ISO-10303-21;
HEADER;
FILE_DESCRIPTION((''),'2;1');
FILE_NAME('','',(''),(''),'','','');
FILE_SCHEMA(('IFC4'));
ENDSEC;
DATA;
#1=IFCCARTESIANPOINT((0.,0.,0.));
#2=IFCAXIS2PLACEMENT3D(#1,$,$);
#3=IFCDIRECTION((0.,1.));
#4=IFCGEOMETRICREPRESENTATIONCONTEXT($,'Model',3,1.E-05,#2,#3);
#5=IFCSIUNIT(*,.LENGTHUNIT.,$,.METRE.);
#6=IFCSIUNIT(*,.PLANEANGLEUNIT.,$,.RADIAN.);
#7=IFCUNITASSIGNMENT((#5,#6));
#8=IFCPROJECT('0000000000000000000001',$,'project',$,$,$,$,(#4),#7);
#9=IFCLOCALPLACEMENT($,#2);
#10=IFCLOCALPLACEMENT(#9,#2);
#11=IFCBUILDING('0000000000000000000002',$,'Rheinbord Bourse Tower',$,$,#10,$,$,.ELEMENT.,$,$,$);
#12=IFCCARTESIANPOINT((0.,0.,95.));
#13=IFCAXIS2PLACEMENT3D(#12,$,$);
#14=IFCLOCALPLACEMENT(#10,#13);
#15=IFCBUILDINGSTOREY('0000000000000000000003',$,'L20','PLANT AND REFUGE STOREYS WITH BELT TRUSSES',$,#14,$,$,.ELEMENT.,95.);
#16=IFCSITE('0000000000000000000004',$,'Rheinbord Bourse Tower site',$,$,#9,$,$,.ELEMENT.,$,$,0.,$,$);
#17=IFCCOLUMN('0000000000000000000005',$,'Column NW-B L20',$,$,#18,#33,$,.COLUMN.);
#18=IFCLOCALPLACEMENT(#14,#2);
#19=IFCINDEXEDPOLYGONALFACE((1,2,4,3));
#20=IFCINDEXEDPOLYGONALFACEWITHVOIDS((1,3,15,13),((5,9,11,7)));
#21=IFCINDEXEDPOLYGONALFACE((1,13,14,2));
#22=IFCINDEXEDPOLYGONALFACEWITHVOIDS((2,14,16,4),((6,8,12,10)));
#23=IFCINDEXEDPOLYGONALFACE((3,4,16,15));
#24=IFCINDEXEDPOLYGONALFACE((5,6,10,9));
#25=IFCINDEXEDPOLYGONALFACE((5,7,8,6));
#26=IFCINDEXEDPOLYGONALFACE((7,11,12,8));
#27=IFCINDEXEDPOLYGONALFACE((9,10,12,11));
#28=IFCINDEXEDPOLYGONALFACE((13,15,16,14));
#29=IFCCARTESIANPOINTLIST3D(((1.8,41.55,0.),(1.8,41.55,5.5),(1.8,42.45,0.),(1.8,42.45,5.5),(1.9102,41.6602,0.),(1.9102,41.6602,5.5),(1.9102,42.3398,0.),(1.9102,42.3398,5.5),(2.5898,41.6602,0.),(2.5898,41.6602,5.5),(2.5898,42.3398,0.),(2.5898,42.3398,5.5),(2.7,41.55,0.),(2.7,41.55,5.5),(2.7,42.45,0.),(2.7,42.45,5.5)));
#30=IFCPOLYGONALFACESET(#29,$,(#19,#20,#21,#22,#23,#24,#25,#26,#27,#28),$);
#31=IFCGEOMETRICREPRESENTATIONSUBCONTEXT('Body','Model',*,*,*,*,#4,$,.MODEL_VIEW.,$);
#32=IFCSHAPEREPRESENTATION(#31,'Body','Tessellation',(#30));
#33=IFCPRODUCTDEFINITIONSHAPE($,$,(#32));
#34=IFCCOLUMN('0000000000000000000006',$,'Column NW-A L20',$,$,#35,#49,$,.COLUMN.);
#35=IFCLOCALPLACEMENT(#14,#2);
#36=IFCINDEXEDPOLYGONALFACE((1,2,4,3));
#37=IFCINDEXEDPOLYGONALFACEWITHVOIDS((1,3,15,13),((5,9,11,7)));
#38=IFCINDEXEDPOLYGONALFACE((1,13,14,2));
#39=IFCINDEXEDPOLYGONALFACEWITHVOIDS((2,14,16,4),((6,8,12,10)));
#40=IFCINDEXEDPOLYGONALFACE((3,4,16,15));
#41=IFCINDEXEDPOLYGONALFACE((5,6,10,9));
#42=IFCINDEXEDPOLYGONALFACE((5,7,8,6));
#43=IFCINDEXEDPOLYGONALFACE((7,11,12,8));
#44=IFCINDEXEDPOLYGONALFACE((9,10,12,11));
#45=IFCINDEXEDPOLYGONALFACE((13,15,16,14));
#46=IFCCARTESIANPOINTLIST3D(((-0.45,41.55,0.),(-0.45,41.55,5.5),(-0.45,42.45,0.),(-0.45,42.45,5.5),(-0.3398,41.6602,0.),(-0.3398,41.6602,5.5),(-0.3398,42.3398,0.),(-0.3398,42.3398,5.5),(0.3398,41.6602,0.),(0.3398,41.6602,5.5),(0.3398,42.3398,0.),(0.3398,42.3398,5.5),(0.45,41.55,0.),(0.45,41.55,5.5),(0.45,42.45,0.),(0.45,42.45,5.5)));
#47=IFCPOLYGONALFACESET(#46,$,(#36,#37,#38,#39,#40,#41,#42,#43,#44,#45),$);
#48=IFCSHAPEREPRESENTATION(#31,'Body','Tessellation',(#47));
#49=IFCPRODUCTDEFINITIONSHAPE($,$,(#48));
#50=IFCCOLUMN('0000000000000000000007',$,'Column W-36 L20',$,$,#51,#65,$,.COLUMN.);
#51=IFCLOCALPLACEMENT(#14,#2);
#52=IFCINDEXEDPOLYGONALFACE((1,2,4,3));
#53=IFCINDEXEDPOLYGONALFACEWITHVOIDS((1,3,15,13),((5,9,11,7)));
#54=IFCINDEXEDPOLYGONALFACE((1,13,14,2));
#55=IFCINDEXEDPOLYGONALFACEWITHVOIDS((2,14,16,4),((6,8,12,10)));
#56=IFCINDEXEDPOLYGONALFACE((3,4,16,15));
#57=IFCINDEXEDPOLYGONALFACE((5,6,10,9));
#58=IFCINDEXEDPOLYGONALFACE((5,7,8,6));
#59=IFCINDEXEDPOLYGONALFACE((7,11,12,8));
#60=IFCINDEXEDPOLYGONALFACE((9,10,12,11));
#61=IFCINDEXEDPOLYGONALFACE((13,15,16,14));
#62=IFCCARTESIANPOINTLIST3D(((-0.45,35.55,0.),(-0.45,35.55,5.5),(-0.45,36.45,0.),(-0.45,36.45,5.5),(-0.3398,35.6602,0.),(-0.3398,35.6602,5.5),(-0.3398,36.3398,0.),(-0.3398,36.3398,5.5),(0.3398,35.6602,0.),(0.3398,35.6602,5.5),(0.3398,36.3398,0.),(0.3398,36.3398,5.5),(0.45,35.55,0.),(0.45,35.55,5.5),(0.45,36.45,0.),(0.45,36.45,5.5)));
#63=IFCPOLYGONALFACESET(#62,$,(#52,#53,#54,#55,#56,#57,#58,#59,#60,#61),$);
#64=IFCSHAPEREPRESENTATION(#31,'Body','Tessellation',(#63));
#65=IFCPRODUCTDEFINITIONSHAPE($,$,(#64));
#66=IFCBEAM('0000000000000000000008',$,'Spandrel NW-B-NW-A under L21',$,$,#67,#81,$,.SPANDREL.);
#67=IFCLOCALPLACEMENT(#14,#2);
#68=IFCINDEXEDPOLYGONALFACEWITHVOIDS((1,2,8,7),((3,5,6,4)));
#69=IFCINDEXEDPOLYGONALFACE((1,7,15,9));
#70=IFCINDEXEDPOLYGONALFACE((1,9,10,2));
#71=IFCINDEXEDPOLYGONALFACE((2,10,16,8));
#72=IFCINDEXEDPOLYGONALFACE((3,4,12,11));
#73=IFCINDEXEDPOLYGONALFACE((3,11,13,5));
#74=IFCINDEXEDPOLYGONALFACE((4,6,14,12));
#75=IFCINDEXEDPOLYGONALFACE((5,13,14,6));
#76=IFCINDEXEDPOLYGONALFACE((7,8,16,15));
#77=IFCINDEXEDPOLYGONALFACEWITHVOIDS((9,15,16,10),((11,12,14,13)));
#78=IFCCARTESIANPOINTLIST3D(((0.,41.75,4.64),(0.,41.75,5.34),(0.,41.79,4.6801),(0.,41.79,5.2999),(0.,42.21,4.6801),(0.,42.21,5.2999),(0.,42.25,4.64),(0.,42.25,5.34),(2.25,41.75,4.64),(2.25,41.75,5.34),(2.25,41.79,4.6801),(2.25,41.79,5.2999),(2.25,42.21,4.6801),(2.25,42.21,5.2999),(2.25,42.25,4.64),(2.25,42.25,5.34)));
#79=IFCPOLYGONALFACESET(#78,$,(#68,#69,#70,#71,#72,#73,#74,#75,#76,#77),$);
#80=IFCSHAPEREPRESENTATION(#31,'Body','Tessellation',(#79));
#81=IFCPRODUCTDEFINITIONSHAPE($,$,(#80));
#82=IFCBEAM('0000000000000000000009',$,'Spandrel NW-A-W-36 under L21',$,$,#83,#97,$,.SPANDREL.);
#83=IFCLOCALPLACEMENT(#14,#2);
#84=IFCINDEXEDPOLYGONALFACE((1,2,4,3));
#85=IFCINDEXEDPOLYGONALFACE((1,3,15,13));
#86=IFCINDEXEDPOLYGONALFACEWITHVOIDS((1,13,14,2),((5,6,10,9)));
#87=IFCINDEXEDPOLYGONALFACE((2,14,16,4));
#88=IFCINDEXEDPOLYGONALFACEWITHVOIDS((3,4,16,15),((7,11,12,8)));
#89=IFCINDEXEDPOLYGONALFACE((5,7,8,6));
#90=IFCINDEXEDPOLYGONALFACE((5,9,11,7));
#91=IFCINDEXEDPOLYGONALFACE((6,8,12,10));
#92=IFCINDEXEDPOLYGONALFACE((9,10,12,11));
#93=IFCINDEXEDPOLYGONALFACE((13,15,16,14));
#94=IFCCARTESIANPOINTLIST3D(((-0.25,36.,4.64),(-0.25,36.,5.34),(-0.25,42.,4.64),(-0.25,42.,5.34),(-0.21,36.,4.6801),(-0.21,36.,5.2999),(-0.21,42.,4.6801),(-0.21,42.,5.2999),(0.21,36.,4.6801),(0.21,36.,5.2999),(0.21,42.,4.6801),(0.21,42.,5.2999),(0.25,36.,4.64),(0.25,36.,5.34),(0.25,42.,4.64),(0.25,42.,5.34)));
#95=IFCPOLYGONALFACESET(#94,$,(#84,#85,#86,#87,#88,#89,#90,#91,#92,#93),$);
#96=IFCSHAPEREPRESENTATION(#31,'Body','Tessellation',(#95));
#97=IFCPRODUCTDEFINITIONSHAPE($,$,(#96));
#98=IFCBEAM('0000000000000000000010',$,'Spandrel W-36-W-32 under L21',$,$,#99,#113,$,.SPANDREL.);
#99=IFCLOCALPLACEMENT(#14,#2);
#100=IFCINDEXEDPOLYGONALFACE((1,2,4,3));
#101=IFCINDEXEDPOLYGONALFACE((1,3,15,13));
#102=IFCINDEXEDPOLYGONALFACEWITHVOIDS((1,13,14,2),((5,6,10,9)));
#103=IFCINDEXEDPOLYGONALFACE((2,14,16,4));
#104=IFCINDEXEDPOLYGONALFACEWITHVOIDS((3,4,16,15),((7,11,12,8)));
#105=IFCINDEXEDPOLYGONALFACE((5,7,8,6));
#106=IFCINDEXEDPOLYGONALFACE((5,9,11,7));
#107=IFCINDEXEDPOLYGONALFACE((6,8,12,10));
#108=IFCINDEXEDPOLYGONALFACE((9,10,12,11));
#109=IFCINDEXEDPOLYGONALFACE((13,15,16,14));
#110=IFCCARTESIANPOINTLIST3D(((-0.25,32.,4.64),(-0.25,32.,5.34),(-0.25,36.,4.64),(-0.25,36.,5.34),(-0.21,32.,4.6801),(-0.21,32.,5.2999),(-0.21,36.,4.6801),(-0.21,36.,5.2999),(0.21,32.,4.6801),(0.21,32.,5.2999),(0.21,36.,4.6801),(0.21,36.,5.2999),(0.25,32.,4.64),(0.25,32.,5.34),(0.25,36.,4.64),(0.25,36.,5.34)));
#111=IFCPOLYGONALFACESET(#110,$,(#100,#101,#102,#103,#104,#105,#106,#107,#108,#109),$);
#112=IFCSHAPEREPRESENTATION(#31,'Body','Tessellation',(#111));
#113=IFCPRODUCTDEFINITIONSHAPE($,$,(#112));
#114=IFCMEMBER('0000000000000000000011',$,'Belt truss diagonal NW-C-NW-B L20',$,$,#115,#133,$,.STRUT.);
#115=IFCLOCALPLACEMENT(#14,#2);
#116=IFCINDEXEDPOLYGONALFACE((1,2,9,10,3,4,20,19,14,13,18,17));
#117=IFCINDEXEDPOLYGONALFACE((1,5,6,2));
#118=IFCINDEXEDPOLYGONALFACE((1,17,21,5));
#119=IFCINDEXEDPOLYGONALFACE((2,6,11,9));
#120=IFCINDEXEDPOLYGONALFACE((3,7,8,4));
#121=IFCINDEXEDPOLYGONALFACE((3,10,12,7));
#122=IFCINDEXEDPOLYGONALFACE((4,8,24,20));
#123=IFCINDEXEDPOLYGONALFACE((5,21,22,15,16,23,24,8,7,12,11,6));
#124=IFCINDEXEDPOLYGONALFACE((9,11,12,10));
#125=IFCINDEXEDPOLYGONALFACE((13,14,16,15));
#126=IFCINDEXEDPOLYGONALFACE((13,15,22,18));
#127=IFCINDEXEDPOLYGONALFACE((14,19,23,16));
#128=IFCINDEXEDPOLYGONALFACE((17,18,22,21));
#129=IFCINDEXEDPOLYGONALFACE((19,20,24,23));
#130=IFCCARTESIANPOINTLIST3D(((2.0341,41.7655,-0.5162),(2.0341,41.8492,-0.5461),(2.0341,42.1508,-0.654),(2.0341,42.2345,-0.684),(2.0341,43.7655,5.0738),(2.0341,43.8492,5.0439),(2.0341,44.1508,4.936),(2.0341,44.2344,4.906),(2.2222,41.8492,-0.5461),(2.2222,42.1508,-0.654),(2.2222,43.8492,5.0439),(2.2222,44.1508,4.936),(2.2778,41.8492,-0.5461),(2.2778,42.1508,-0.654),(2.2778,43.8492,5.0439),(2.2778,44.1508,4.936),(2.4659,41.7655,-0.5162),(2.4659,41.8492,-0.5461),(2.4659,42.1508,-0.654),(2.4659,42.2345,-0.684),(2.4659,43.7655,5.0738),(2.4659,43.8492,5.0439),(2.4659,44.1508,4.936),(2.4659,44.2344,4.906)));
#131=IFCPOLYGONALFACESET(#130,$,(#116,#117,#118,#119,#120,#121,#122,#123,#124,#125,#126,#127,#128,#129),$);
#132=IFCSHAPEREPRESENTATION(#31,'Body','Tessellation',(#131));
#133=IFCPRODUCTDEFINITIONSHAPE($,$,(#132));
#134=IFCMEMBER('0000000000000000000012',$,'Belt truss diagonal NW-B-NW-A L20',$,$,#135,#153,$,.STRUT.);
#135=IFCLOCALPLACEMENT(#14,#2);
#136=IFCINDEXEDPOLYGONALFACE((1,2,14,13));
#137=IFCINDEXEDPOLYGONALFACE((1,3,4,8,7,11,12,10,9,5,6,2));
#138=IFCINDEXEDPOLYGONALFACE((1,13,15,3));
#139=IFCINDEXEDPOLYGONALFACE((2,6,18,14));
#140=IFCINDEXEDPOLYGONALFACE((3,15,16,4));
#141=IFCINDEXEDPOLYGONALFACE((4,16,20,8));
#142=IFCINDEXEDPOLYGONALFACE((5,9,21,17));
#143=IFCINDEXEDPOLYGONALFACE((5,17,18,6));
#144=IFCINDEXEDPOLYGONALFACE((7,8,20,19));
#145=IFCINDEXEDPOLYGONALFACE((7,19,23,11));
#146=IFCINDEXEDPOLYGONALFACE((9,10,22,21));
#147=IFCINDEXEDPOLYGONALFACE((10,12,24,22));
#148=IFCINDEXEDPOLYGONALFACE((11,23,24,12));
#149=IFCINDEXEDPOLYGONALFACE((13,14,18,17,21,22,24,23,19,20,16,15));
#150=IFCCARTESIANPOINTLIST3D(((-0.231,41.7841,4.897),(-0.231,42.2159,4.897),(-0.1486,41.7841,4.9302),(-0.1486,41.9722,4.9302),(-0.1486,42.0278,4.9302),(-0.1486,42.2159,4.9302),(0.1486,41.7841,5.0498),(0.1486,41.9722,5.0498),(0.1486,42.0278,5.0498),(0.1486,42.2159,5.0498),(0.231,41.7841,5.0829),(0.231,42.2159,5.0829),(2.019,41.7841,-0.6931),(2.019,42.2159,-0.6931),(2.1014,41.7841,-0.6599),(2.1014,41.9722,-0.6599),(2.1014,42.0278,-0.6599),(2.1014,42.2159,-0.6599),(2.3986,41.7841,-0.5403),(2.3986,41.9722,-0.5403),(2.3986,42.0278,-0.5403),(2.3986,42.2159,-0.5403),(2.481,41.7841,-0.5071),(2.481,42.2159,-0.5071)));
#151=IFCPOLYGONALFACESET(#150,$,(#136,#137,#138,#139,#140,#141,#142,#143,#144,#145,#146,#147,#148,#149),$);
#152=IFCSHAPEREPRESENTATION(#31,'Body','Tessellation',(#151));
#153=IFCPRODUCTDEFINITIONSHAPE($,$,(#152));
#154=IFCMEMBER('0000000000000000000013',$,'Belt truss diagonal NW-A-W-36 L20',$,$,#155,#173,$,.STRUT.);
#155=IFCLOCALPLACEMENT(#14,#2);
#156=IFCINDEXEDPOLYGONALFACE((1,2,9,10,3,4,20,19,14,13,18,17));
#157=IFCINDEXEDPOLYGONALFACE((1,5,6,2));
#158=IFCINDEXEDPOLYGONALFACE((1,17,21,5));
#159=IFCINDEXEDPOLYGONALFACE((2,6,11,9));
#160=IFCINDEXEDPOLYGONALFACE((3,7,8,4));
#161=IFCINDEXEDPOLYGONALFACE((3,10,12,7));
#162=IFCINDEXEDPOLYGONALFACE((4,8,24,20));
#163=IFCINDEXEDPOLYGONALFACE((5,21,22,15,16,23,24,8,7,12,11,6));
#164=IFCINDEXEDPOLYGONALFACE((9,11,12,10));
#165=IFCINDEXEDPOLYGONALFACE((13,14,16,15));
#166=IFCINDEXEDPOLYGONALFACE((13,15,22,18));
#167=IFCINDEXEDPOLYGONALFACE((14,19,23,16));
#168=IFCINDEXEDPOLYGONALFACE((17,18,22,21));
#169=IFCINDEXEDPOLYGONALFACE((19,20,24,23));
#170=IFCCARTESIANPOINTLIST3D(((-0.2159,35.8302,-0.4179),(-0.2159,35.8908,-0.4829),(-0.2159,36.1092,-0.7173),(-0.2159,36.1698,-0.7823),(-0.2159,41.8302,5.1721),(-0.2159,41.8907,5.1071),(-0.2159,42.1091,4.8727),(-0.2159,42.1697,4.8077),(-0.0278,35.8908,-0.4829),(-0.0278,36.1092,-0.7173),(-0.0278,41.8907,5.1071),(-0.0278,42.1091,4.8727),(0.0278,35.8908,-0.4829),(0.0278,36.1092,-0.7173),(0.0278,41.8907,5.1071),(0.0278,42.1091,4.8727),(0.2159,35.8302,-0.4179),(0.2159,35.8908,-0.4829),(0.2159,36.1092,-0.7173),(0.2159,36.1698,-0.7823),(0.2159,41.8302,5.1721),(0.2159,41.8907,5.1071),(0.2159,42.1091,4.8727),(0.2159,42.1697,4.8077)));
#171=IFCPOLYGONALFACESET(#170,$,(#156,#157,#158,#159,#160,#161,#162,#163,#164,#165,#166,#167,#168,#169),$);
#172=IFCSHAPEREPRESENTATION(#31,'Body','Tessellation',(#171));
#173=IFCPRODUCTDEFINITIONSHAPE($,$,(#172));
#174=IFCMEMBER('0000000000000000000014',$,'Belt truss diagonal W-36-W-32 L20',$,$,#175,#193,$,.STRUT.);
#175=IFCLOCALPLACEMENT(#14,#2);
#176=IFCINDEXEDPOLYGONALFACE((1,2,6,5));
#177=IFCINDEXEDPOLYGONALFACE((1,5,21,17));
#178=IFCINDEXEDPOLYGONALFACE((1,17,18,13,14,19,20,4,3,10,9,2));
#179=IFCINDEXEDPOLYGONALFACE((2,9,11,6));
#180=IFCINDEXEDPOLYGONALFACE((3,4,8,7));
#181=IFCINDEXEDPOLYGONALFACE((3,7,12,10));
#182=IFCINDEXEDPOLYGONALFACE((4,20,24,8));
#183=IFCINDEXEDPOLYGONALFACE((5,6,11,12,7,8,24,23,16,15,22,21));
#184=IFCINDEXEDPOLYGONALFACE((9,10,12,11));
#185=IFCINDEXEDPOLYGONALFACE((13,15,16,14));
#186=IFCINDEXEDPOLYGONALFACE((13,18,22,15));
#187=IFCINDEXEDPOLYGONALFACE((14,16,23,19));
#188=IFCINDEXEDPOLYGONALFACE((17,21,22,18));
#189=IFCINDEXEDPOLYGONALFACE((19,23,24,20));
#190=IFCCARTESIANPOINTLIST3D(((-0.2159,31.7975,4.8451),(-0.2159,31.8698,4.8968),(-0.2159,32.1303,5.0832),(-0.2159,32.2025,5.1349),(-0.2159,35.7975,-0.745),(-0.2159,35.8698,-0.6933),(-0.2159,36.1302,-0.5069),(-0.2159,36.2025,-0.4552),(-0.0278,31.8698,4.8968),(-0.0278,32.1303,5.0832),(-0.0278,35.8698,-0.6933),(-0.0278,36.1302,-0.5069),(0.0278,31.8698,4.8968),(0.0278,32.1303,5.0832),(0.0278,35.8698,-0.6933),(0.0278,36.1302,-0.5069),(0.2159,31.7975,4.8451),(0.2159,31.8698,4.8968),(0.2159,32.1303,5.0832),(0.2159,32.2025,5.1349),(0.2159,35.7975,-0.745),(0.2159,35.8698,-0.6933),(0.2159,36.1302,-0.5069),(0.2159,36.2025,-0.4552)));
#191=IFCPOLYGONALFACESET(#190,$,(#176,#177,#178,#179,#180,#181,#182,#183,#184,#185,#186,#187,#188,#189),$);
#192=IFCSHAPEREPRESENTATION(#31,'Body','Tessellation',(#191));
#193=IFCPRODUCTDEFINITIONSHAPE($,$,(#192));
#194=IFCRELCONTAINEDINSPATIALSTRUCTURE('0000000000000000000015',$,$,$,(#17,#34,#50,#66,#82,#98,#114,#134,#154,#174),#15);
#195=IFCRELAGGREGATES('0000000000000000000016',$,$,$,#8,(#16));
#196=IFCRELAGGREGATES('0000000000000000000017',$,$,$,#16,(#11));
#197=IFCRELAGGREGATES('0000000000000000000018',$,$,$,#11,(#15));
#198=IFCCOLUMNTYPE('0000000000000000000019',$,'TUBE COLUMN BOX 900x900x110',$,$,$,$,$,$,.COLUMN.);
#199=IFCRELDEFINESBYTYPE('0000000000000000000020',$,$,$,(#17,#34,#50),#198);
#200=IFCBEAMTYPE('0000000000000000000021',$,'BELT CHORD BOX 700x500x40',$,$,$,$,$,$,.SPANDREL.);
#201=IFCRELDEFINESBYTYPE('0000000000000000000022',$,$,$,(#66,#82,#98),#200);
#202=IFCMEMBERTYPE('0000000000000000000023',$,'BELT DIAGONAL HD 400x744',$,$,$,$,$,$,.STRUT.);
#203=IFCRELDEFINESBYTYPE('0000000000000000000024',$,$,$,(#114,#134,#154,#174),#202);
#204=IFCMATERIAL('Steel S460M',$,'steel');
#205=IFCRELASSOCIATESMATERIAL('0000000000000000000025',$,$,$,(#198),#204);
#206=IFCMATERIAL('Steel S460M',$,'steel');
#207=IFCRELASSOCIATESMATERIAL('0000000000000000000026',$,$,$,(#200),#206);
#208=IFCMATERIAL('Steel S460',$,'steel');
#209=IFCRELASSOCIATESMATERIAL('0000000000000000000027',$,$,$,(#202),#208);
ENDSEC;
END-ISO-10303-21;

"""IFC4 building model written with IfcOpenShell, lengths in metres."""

from ifc_helpers import new_model, si_unit, direction, frame, origin, origin_2d, place, context, subcontext, project, spatial, hollow_rectangle, i_section, extrude, material, material_profile, profile_set, type_object, element, save


model = new_model("IFC4")

# Units and contexts
model_context = context("Model", 3, precision=1e-05, world=origin(), true_north=direction((0.0, 1.0)))
body_context = subcontext(model_context, "Body", "Model", "MODEL_VIEW")
ifc_project = project(units=[si_unit("LENGTHUNIT", "METRE"), si_unit("PLANEANGLEUNIT", "RADIAN")], contexts=[model_context])

# Site, building, storey
site_placement = place(None, origin())
site = spatial("IfcSite", under=ifc_project, at=site_placement, Name="Rheinbord Bourse Tower site", CompositionType="ELEMENT", RefElevation=0.0)
building_placement = place(site_placement, origin())
building = spatial("IfcBuilding", under=site, at=building_placement, Name="Rheinbord Bourse Tower", CompositionType="ELEMENT")
storey_placement = place(building_placement, frame((0.0, 0.0, 95.0)))
storey = spatial("IfcBuildingStorey", under=building, at=storey_placement, Name="L20", Description="PLANT AND REFUGE STOREYS WITH BELT TRUSSES", CompositionType="ELEMENT", Elevation=95.0)

# Columns
ifc_material_1 = material(Name="Steel S460M", Category="steel")
ifc_material_profile_1 = material_profile(ifc_material_1, hollow_rectangle(XDim=0.8999, YDim=0.8999, WallThickness=0.1101, at=origin_2d()), Name="BOX 900x900x110")
ifc_profile_set_1 = profile_set([ifc_material_profile_1], Name="Steel S460M")
column_type = type_object("IfcColumnType", Name="TUBE COLUMN BOX 900x900x110", PredefinedType="COLUMN", material=ifc_profile_set_1)
for number, where, z_axis, x_axis, name in (
    (1, (2.25, 42.0, 0.0), (0.0, 0.0, 1.0), (1.0, 0.0, 0.0), "Column NW-B L20"),
    (2, (0.0, 42.0, 0.0), (0.0, 0.0, 1.0), (1.0, 0.0, 0.0), "Column NW-A L20"),
    (3, (0.0, 36.0, 0.0), (0.0, 0.0, 1.0), (1.0, 0.0, 0.0), "Column W-36 L20"),
):
    element("IfcColumn", number, at=place(storey_placement, frame(where, z_axis=z_axis, x_axis=x_axis)), inside=storey, type_object=column_type, Name=name, PredefinedType="COLUMN", context=body_context, shape_type="SweptSolid", body=[
        extrude(hollow_rectangle(XDim=0.8999, YDim=0.8999, WallThickness=0.1101, at=origin_2d()), origin(), (0.0, 0.0, 1.0), 5.5),
    ])

# Beams
ifc_material_2 = material(Name="Steel S460M", Category="steel")
ifc_material_profile_2 = material_profile(ifc_material_2, hollow_rectangle(XDim=0.5, YDim=0.7, WallThickness=0.04, at=origin_2d()), Name="BOX 700x500x40")
ifc_profile_set_2 = profile_set([ifc_material_profile_2], Name="Steel S460M")
beam_type_1 = type_object("IfcBeamType", Name="BELT CHORD BOX 700x500x40", PredefinedType="SPANDREL", material=ifc_profile_set_2)
beam_1_placement = place(storey_placement, frame((2.25, 42.0, 4.99), z_axis=(-1.0, 0.0, 0.0), x_axis=(0.0, -1.0, 0.0)))
element("IfcBeam", 4, at=beam_1_placement, inside=storey, type_object=beam_type_1, Name="Spandrel NW-B-NW-A under L21", PredefinedType="SPANDREL", context=body_context, shape_type="SweptSolid", body=[
    extrude(hollow_rectangle(XDim=0.5, YDim=0.7, WallThickness=0.04, at=origin_2d()), origin(), (0.0, 0.0, 1.0), 2.25),
])
beam_2_placement = place(storey_placement, frame((0.0, 42.0, 4.99), z_axis=(0.0, -1.0, 0.0), x_axis=(1.0, 0.0, 0.0)))
element("IfcBeam", 5, at=beam_2_placement, inside=storey, type_object=beam_type_1, Name="Spandrel NW-A-W-36 under L21", PredefinedType="SPANDREL", context=body_context, shape_type="SweptSolid", body=[
    extrude(hollow_rectangle(XDim=0.5, YDim=0.7, WallThickness=0.04, at=origin_2d()), origin(), (0.0, 0.0, 1.0), 6.0),
])
beam_3_placement = place(storey_placement, frame((0.0, 36.0, 4.99), z_axis=(0.0, -1.0, 0.0), x_axis=(1.0, 0.0, 0.0)))
element("IfcBeam", 6, at=beam_3_placement, inside=storey, type_object=beam_type_1, Name="Spandrel W-36-W-32 under L21", PredefinedType="SPANDREL", context=body_context, shape_type="SweptSolid", body=[
    extrude(hollow_rectangle(XDim=0.5, YDim=0.7, WallThickness=0.04, at=origin_2d()), origin(), (0.0, 0.0, 1.0), 4.0),
])

# Members
ifc_material_3 = material(Name="Steel S460", Category="steel")
ifc_material_profile_3 = material_profile(ifc_material_3, i_section(OverallWidth=0.4319, OverallDepth=0.498, WebThickness=0.0557, FlangeThickness=0.0889, at=origin_2d()), Name="HD 400x744")
ifc_profile_set_3 = profile_set([ifc_material_profile_3], Name="Steel S460")
member_type_1 = type_object("IfcMemberType", Name="BELT DIAGONAL HD 400x744", PredefinedType="STRUT", material=ifc_profile_set_3)
member_1_placement = place(storey_placement, frame((2.25, 42.0, -0.6001), z_axis=(0.0, 0.336865, 0.941553), x_axis=(-1.0, 0.0, 0.0)))
element("IfcMember", 7, at=member_1_placement, inside=storey, type_object=member_type_1, Name="Belt truss diagonal NW-C-NW-B L20", PredefinedType="STRUT", context=body_context, shape_type="SweptSolid", body=[
    extrude(i_section(OverallWidth=0.4319, OverallDepth=0.498, WebThickness=0.0557, FlangeThickness=0.0889, at=origin_2d()), origin(), (0.0, 0.0, 1.0), 5.937),
])
member_2_placement = place(storey_placement, frame((2.25, 42.0, -0.6001), z_axis=(-0.373388, 0.0, 0.927675), x_axis=(0.0, -1.0, 0.0)))
element("IfcMember", 8, at=member_2_placement, inside=storey, type_object=member_type_1, Name="Belt truss diagonal NW-B-NW-A L20", PredefinedType="STRUT", context=body_context, shape_type="SweptSolid", body=[
    extrude(i_section(OverallWidth=0.4319, OverallDepth=0.498, WebThickness=0.0557, FlangeThickness=0.0889, at=origin_2d()), origin(), (0.0, 0.0, 1.0), 6.0259),
])
member_3_placement = place(storey_placement, frame((0.0, 36.0, -0.6001), z_axis=(0.0, 0.731658, 0.681672), x_axis=(-1.0, 0.0, 0.0)))
element("IfcMember", 9, at=member_3_placement, inside=storey, type_object=member_type_1, Name="Belt truss diagonal NW-A-W-36 L20", PredefinedType="STRUT", context=body_context, shape_type="SweptSolid", body=[
    extrude(i_section(OverallWidth=0.4319, OverallDepth=0.498, WebThickness=0.0557, FlangeThickness=0.0889, at=origin_2d()), origin(), (0.0, 0.0, 1.0), 8.2004),
])
member_4_placement = place(storey_placement, frame((0.0, 36.0, -0.6001), z_axis=(0.0, -0.58192, 0.813246), x_axis=(1.0, 0.0, 0.0)))
element("IfcMember", 10, at=member_4_placement, inside=storey, type_object=member_type_1, Name="Belt truss diagonal W-36-W-32 L20", PredefinedType="STRUT", context=body_context, shape_type="SweptSolid", body=[
    extrude(i_section(OverallWidth=0.4319, OverallDepth=0.498, WebThickness=0.0557, FlangeThickness=0.0889, at=origin_2d()), origin(), (0.0, 0.0, 1.0), 6.8738),
])

save(model, "model.ifc")
